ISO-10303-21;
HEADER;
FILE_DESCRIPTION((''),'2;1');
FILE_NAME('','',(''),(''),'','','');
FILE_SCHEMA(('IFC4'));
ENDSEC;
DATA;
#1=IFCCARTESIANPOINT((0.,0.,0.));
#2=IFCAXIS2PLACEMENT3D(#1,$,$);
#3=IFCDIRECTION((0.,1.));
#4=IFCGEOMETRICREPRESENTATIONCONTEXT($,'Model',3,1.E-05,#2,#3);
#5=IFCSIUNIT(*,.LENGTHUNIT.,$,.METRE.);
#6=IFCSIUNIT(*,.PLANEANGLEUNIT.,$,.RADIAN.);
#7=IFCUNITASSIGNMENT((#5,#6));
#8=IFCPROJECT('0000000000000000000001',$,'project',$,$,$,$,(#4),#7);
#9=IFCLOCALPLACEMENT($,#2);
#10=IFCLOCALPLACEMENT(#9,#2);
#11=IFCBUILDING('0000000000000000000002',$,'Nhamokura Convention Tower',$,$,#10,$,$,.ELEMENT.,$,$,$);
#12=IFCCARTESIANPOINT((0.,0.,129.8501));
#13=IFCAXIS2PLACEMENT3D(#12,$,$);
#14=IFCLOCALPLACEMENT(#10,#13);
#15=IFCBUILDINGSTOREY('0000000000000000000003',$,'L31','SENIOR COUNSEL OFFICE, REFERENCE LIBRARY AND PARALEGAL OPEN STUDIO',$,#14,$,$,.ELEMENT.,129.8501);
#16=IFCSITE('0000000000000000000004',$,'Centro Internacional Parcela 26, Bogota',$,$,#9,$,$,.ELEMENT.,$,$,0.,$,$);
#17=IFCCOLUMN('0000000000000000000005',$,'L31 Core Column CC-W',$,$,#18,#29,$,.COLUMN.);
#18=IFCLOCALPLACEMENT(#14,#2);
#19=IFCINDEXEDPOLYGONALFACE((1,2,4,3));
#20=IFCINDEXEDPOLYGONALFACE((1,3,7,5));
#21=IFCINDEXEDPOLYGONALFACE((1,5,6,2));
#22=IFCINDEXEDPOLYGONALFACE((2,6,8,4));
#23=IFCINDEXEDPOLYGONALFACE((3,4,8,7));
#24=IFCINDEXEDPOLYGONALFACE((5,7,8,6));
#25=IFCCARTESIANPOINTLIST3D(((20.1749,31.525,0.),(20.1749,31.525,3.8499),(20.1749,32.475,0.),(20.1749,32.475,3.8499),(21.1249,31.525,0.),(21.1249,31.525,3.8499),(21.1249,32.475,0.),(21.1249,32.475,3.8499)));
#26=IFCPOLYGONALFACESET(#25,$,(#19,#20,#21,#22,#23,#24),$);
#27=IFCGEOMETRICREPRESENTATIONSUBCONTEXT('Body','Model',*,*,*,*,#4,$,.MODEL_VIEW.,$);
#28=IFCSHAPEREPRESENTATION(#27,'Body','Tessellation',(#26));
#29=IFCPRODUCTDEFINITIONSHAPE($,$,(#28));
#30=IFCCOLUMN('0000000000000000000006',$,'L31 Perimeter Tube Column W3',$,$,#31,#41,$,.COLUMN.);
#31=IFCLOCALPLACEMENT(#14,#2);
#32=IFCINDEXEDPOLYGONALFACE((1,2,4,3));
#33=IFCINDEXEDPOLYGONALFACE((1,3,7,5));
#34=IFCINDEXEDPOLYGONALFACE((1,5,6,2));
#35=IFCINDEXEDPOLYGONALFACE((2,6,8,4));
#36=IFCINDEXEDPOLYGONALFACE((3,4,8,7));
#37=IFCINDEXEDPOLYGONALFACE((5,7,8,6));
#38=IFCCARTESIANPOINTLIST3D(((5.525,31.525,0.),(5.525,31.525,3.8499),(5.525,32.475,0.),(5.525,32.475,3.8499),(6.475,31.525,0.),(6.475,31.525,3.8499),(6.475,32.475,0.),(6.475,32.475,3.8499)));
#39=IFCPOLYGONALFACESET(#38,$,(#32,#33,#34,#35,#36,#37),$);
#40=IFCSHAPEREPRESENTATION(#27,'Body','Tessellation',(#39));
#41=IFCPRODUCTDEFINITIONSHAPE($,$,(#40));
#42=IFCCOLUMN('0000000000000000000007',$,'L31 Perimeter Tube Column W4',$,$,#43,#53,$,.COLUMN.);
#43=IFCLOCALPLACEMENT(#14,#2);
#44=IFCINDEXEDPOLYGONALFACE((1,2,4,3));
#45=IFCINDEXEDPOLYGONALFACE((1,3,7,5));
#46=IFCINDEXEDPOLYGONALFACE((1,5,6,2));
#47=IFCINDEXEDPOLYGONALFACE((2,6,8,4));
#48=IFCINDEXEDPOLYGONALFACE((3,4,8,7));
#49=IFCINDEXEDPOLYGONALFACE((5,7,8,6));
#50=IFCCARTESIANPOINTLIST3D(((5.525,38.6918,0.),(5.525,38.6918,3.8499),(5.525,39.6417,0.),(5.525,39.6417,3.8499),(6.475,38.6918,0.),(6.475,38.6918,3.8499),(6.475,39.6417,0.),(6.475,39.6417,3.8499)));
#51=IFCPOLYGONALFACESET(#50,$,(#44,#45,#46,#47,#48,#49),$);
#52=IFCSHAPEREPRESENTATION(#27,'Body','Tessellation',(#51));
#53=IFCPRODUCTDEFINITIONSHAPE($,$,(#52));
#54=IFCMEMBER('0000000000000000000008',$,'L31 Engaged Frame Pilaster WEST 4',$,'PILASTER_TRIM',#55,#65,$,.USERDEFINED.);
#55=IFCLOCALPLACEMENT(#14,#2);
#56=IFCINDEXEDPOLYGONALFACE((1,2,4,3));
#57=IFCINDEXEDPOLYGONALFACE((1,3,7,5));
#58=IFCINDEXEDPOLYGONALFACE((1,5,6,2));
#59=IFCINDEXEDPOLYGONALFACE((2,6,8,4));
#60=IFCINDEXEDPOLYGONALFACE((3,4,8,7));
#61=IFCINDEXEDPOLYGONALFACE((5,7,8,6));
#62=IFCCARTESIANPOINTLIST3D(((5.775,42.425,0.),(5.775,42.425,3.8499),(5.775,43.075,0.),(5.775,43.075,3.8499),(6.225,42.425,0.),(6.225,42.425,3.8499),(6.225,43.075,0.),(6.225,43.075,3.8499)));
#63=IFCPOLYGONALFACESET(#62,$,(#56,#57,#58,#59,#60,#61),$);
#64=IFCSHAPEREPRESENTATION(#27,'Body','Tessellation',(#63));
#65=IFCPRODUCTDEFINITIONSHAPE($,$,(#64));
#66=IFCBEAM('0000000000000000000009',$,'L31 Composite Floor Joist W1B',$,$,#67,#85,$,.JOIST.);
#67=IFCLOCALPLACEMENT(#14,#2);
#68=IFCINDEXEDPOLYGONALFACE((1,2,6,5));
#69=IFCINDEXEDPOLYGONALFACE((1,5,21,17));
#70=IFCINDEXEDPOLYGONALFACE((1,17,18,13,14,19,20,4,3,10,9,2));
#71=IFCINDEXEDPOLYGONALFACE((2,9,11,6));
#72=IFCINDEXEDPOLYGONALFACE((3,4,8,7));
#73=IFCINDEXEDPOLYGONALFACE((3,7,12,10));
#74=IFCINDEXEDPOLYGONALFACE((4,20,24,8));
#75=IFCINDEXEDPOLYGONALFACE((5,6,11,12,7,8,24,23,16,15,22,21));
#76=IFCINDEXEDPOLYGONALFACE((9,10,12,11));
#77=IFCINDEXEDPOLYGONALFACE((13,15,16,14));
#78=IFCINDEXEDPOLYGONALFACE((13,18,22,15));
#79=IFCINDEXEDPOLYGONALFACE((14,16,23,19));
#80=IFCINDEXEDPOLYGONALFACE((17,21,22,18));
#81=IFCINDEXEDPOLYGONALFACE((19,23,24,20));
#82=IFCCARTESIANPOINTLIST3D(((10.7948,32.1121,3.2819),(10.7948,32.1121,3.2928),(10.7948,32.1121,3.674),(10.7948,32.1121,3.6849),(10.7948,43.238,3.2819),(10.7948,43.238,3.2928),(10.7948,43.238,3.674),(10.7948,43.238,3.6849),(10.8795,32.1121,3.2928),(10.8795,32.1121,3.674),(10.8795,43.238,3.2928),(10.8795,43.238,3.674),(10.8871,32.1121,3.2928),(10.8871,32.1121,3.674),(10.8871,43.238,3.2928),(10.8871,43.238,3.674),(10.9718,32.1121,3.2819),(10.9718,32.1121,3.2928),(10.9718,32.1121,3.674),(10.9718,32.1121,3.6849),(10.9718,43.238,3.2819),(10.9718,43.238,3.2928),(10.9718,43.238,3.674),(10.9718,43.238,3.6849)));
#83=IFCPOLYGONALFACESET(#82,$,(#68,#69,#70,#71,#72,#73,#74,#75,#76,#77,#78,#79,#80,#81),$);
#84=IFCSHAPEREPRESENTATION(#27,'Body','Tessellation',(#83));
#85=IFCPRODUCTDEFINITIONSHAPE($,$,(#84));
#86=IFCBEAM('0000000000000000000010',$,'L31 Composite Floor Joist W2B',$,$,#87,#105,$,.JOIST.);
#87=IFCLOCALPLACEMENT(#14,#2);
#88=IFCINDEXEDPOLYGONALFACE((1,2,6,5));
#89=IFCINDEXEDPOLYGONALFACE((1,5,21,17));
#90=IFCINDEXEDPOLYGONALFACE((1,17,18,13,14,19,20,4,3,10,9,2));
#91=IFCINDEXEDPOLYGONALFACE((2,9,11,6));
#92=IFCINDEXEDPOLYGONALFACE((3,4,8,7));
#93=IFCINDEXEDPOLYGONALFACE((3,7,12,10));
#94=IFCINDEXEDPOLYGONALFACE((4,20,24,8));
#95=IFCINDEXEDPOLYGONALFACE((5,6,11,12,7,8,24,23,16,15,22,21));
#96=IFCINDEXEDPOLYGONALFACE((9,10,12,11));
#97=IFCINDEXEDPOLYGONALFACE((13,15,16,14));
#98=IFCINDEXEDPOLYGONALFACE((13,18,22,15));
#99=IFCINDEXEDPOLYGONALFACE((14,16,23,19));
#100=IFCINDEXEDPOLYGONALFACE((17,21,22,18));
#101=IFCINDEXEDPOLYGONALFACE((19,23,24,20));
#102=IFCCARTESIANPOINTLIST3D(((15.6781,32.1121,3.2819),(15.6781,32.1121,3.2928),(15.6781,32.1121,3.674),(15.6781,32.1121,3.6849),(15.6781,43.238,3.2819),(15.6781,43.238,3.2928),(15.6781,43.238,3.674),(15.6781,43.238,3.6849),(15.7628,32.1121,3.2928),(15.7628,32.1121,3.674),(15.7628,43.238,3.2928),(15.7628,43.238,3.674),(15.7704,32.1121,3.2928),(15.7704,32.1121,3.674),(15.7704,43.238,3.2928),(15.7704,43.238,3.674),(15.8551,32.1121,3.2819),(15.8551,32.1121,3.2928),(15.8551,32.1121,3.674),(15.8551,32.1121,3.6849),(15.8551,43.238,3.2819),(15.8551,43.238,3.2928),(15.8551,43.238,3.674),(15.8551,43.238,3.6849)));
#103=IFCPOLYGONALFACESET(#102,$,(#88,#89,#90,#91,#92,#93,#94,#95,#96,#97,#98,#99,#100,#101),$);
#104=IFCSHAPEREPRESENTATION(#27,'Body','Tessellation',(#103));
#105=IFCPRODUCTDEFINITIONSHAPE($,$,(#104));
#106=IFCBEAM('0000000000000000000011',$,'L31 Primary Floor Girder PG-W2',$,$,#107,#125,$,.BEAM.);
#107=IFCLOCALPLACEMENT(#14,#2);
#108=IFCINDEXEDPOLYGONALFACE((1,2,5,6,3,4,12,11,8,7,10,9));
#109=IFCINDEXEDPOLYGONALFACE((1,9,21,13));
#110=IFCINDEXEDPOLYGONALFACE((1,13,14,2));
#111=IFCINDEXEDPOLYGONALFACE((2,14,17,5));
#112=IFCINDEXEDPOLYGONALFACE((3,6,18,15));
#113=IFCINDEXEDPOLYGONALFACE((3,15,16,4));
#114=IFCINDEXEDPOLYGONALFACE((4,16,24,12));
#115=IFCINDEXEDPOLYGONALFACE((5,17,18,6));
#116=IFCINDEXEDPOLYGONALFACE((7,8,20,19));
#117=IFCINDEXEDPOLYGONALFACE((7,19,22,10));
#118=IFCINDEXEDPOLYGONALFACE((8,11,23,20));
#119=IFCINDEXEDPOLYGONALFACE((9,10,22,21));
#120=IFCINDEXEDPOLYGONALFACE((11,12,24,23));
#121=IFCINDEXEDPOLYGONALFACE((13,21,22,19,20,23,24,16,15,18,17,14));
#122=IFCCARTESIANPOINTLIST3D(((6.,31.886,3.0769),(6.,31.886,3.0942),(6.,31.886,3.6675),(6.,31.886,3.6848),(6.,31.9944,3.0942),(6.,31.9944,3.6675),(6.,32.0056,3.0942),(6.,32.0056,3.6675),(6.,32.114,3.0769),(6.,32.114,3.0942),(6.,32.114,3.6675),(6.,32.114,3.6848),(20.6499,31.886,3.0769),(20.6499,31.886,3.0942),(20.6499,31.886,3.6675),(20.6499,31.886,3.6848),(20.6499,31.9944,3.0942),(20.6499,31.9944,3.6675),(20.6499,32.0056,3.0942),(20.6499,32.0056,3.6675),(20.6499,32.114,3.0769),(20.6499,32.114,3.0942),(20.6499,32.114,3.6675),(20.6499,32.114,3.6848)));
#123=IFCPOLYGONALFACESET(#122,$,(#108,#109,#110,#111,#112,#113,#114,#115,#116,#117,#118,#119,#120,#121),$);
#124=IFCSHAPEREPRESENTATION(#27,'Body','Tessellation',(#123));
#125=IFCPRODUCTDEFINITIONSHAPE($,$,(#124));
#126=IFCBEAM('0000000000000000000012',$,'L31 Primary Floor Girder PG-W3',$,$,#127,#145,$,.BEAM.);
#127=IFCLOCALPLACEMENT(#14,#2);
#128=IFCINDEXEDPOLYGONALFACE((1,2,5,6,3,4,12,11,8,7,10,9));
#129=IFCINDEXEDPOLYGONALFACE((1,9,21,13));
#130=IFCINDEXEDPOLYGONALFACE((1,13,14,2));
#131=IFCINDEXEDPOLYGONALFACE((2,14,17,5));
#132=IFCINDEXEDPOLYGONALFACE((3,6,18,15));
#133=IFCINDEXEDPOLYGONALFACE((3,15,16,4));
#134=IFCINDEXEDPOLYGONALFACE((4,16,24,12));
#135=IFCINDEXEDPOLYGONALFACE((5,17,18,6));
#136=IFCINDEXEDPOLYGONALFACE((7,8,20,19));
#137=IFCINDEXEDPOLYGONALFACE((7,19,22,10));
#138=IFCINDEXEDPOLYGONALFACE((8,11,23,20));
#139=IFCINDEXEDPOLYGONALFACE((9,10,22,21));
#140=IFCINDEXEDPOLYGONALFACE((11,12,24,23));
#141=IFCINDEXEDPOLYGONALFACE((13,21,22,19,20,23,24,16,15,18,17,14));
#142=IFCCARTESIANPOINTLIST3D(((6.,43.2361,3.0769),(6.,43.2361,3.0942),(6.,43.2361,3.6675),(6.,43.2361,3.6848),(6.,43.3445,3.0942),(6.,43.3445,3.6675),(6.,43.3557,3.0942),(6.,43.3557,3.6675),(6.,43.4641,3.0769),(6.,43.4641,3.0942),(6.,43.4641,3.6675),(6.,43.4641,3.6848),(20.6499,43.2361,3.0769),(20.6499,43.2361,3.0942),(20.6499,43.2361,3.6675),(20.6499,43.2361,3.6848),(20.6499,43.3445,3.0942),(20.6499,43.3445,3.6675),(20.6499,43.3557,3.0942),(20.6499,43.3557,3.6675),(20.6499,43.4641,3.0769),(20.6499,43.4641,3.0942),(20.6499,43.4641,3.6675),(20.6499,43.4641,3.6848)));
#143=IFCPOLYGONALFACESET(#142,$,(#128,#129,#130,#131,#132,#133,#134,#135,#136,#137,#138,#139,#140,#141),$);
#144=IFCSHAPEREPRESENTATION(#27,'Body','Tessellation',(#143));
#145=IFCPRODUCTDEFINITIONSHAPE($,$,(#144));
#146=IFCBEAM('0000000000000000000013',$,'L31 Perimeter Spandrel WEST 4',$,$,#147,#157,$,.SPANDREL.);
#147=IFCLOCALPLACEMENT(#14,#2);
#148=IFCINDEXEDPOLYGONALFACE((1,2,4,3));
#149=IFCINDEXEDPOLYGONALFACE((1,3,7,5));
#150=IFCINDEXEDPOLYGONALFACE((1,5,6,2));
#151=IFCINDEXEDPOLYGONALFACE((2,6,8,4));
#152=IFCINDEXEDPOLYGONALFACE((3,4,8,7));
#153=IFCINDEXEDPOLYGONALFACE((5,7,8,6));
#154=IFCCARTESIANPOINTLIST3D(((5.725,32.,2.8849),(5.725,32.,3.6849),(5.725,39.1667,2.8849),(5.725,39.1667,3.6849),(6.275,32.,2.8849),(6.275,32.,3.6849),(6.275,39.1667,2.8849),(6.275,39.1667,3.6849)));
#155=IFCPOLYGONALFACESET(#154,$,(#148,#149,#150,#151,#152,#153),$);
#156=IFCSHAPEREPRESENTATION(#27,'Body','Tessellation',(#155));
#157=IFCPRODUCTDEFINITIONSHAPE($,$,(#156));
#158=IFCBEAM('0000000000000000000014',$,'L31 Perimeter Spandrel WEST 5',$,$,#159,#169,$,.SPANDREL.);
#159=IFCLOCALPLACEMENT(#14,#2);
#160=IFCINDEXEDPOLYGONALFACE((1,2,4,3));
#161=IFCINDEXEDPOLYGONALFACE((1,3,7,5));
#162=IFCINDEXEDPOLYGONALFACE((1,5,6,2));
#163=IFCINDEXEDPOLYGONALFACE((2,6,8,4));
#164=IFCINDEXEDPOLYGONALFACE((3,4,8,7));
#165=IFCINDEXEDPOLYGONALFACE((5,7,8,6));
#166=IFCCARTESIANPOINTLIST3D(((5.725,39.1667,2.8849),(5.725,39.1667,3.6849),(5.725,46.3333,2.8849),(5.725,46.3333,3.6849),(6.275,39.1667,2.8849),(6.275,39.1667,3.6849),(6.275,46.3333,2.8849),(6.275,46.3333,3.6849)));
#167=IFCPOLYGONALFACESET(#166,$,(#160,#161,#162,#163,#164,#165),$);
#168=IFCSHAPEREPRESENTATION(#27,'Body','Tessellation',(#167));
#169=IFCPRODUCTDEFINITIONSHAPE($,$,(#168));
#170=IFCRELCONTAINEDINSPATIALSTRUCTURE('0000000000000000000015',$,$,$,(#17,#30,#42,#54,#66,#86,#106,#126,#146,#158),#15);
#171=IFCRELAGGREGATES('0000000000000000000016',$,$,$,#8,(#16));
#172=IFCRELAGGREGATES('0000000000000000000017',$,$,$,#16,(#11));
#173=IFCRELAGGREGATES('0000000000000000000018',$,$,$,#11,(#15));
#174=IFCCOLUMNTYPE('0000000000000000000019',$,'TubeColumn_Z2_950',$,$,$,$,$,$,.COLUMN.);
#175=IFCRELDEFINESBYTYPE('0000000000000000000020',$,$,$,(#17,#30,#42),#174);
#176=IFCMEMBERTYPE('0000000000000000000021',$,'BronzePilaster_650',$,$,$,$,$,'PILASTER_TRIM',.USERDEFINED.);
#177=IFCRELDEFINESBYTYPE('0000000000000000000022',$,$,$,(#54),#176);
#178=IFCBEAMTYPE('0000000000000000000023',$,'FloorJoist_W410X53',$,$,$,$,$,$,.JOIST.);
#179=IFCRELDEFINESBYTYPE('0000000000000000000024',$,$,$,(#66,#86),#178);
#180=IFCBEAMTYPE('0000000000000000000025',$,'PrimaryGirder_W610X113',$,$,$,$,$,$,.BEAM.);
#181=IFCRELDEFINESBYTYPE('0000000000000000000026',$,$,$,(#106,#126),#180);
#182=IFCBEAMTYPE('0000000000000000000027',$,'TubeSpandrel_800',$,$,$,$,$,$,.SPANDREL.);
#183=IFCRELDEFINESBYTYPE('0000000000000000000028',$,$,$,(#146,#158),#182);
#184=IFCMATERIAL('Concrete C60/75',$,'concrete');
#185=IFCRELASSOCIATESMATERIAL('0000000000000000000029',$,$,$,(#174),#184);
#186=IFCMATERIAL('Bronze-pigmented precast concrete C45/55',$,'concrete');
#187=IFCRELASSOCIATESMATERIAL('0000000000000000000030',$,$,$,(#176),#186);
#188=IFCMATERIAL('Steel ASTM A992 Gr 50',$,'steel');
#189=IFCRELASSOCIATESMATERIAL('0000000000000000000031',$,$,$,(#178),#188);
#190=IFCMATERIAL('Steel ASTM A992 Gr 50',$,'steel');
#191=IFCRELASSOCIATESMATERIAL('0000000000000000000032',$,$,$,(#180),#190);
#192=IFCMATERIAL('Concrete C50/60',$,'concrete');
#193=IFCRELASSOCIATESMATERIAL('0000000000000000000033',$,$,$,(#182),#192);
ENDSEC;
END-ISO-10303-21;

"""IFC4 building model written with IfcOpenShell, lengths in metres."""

from ifc_helpers import new_model, si_unit, direction, frame, origin, origin_2d, place, context, subcontext, project, spatial, rectangle, i_section, extrude, material, material_profile, profile_set, type_object, element, save


model = new_model("IFC4")

# Units and contexts
model_context = context("Model", 3, precision=1e-05, world=origin(), true_north=direction((0.0, 1.0)))
body_context = subcontext(model_context, "Body", "Model", "MODEL_VIEW")
ifc_project = project(units=[si_unit("LENGTHUNIT", "METRE"), si_unit("PLANEANGLEUNIT", "RADIAN")], contexts=[model_context])

# Site, building, storey
site_placement = place(None, origin())
site = spatial("IfcSite", under=ifc_project, at=site_placement, Name="Centro Internacional Parcela 26, Bogota", CompositionType="ELEMENT", RefElevation=0.0)
building_placement = place(site_placement, origin())
building = spatial("IfcBuilding", under=site, at=building_placement, Name="Nhamokura Convention Tower", CompositionType="ELEMENT")
storey_placement = place(building_placement, frame((0.0, 0.0, 129.8501)))
storey = spatial("IfcBuildingStorey", under=building, at=storey_placement, Name="L31", Description="SENIOR COUNSEL OFFICE, REFERENCE LIBRARY AND PARALEGAL OPEN STUDIO", CompositionType="ELEMENT", Elevation=129.8501)

# Columns
ifc_material_1 = material(Name="Concrete C60/75", Category="concrete")
ifc_material_profile_1 = material_profile(ifc_material_1, rectangle(XDim=0.95, YDim=0.95, at=origin_2d()))
ifc_profile_set_1 = profile_set([ifc_material_profile_1], Name="Concrete C60/75")
column_type = type_object("IfcColumnType", Name="TubeColumn_Z2_950", PredefinedType="COLUMN", material=ifc_profile_set_1)
for number, where, z_axis, x_axis, name in (
    (1, (20.6499, 32.0, 0.0), (0.0, 0.0, 1.0), (1.0, 0.0, 0.0), "L31 Core Column CC-W"),
    (2, (6.0, 32.0, 0.0), (0.0, 0.0, 1.0), (1.0, 0.0, 0.0), "L31 Perimeter Tube Column W3"),
    (3, (6.0, 39.1667, 0.0), (0.0, 0.0, 1.0), (1.0, 0.0, 0.0), "L31 Perimeter Tube Column W4"),
):
    element("IfcColumn", number, at=place(storey_placement, frame(where, z_axis=z_axis, x_axis=x_axis)), inside=storey, type_object=column_type, Name=name, PredefinedType="COLUMN", context=body_context, shape_type="SweptSolid", body=[
        extrude(rectangle(XDim=0.95, YDim=0.95, at=origin_2d()), origin(), (0.0, 0.0, 1.0), 3.8499),
    ])

# Member
ifc_material_2 = material(Name="Bronze-pigmented precast concrete C45/55", Category="concrete")
ifc_material_profile_2 = material_profile(ifc_material_2, rectangle(XDim=0.45, YDim=0.6499, at=origin_2d()))
ifc_profile_set_2 = profile_set([ifc_material_profile_2], Name="Bronze-pigmented precast concrete C45/55")
member_type = type_object("IfcMemberType", Name="BronzePilaster_650", ElementType="PILASTER_TRIM", PredefinedType="USERDEFINED", material=ifc_profile_set_2)
member_placement = place(storey_placement, frame((6.0, 42.75, 0.0), z_axis=(0.0, 0.0, 1.0), x_axis=(1.0, 0.0, 0.0)))
element("IfcMember", 4, at=member_placement, inside=storey, type_object=member_type, Name="L31 Engaged Frame Pilaster WEST 4", ObjectType="PILASTER_TRIM", PredefinedType="USERDEFINED", context=body_context, shape_type="SweptSolid", body=[
    extrude(rectangle(XDim=0.45, YDim=0.6499, at=origin_2d()), origin(), (0.0, 0.0, 1.0), 3.8499),
])

# Beams
ifc_material_3 = material(Name="Steel ASTM A992 Gr 50", Category="steel")
ifc_material_profile_3 = material_profile(ifc_material_3, i_section(OverallWidth=0.177, OverallDepth=0.4031, WebThickness=0.0076, FlangeThickness=0.011, at=origin_2d()))
ifc_profile_set_3 = profile_set([ifc_material_profile_3], Name="Steel ASTM A992 Gr 50")
beam_type_1 = type_object("IfcBeamType", Name="FloorJoist_W410X53", PredefinedType="JOIST", material=ifc_profile_set_3)
for number, where, z_axis, x_axis, name in (
    (5, (10.8833, 32.1121, 3.4834), (0.0, 1.0, 0.0), (-1.0, 0.0, 0.0), "L31 Composite Floor Joist W1B"),
    (6, (15.7666, 32.1121, 3.4834), (0.0, 1.0, 0.0), (-1.0, 0.0, 0.0), "L31 Composite Floor Joist W2B"),
):
    element("IfcBeam", number, at=place(storey_placement, frame(where, z_axis=z_axis, x_axis=x_axis)), inside=storey, type_object=beam_type_1, Name=name, PredefinedType="JOIST", context=body_context, shape_type="SweptSolid", body=[
        extrude(i_section(OverallWidth=0.177, OverallDepth=0.4031, WebThickness=0.0076, FlangeThickness=0.011, at=origin_2d()), origin(), (0.0, 0.0, 1.0), 11.126),
    ])
ifc_material_4 = material(Name="Steel ASTM A992 Gr 50", Category="steel")
ifc_material_profile_4 = material_profile(ifc_material_4, i_section(OverallWidth=0.228, OverallDepth=0.6079, WebThickness=0.0112, FlangeThickness=0.0173, at=origin_2d()))
ifc_profile_set_4 = profile_set([ifc_material_profile_4], Name="Steel ASTM A992 Gr 50")
beam_type_2 = type_object("IfcBeamType", Name="PrimaryGirder_W610X113", PredefinedType="BEAM", material=ifc_profile_set_4)
for number, where, z_axis, x_axis, name in (
    (7, (6.0, 32.0, 3.3809), (1.0, 0.0, 0.0), (0.0, 1.0, 0.0), "L31 Primary Floor Girder PG-W2"),
    (8, (6.0, 43.3501, 3.3809), (1.0, 0.0, 0.0), (0.0, 1.0, 0.0), "L31 Primary Floor Girder PG-W3"),
):
    element("IfcBeam", number, at=place(storey_placement, frame(where, z_axis=z_axis, x_axis=x_axis)), inside=storey, type_object=beam_type_2, Name=name, PredefinedType="BEAM", context=body_context, shape_type="SweptSolid", body=[
        extrude(i_section(OverallWidth=0.228, OverallDepth=0.6079, WebThickness=0.0112, FlangeThickness=0.0173, at=origin_2d()), origin(), (0.0, 0.0, 1.0), 14.6499),
    ])
ifc_material_5 = material(Name="Concrete C50/60", Category="concrete")
ifc_material_profile_5 = material_profile(ifc_material_5, rectangle(XDim=0.55, YDim=0.8, at=origin_2d()))
ifc_profile_set_5 = profile_set([ifc_material_profile_5], Name="Concrete C50/60")
beam_type_3 = type_object("IfcBeamType", Name="TubeSpandrel_800", PredefinedType="SPANDREL", material=ifc_profile_set_5)
beam_1_placement = place(storey_placement, frame((6.0, 32.0, 3.2849), z_axis=(0.0, 1.0, 0.0), x_axis=(-1.0, 0.0, 0.0)))
element("IfcBeam", 9, at=beam_1_placement, inside=storey, type_object=beam_type_3, Name="L31 Perimeter Spandrel WEST 4", PredefinedType="SPANDREL", context=body_context, shape_type="SweptSolid", body=[
    extrude(rectangle(XDim=0.55, YDim=0.8, at=origin_2d()), origin(), (0.0, 0.0, 1.0), 7.1667),
])
beam_2_placement = place(storey_placement, frame((6.0, 39.1667, 3.2849), z_axis=(0.0, 1.0, 0.0), x_axis=(-1.0, 0.0, 0.0)))
element("IfcBeam", 10, at=beam_2_placement, inside=storey, type_object=beam_type_3, Name="L31 Perimeter Spandrel WEST 5", PredefinedType="SPANDREL", context=body_context, shape_type="SweptSolid", body=[
    extrude(rectangle(XDim=0.55, YDim=0.8, at=origin_2d()), origin(), (0.0, 0.0, 1.0), 7.1665),
])

save(model, "model.ifc")
